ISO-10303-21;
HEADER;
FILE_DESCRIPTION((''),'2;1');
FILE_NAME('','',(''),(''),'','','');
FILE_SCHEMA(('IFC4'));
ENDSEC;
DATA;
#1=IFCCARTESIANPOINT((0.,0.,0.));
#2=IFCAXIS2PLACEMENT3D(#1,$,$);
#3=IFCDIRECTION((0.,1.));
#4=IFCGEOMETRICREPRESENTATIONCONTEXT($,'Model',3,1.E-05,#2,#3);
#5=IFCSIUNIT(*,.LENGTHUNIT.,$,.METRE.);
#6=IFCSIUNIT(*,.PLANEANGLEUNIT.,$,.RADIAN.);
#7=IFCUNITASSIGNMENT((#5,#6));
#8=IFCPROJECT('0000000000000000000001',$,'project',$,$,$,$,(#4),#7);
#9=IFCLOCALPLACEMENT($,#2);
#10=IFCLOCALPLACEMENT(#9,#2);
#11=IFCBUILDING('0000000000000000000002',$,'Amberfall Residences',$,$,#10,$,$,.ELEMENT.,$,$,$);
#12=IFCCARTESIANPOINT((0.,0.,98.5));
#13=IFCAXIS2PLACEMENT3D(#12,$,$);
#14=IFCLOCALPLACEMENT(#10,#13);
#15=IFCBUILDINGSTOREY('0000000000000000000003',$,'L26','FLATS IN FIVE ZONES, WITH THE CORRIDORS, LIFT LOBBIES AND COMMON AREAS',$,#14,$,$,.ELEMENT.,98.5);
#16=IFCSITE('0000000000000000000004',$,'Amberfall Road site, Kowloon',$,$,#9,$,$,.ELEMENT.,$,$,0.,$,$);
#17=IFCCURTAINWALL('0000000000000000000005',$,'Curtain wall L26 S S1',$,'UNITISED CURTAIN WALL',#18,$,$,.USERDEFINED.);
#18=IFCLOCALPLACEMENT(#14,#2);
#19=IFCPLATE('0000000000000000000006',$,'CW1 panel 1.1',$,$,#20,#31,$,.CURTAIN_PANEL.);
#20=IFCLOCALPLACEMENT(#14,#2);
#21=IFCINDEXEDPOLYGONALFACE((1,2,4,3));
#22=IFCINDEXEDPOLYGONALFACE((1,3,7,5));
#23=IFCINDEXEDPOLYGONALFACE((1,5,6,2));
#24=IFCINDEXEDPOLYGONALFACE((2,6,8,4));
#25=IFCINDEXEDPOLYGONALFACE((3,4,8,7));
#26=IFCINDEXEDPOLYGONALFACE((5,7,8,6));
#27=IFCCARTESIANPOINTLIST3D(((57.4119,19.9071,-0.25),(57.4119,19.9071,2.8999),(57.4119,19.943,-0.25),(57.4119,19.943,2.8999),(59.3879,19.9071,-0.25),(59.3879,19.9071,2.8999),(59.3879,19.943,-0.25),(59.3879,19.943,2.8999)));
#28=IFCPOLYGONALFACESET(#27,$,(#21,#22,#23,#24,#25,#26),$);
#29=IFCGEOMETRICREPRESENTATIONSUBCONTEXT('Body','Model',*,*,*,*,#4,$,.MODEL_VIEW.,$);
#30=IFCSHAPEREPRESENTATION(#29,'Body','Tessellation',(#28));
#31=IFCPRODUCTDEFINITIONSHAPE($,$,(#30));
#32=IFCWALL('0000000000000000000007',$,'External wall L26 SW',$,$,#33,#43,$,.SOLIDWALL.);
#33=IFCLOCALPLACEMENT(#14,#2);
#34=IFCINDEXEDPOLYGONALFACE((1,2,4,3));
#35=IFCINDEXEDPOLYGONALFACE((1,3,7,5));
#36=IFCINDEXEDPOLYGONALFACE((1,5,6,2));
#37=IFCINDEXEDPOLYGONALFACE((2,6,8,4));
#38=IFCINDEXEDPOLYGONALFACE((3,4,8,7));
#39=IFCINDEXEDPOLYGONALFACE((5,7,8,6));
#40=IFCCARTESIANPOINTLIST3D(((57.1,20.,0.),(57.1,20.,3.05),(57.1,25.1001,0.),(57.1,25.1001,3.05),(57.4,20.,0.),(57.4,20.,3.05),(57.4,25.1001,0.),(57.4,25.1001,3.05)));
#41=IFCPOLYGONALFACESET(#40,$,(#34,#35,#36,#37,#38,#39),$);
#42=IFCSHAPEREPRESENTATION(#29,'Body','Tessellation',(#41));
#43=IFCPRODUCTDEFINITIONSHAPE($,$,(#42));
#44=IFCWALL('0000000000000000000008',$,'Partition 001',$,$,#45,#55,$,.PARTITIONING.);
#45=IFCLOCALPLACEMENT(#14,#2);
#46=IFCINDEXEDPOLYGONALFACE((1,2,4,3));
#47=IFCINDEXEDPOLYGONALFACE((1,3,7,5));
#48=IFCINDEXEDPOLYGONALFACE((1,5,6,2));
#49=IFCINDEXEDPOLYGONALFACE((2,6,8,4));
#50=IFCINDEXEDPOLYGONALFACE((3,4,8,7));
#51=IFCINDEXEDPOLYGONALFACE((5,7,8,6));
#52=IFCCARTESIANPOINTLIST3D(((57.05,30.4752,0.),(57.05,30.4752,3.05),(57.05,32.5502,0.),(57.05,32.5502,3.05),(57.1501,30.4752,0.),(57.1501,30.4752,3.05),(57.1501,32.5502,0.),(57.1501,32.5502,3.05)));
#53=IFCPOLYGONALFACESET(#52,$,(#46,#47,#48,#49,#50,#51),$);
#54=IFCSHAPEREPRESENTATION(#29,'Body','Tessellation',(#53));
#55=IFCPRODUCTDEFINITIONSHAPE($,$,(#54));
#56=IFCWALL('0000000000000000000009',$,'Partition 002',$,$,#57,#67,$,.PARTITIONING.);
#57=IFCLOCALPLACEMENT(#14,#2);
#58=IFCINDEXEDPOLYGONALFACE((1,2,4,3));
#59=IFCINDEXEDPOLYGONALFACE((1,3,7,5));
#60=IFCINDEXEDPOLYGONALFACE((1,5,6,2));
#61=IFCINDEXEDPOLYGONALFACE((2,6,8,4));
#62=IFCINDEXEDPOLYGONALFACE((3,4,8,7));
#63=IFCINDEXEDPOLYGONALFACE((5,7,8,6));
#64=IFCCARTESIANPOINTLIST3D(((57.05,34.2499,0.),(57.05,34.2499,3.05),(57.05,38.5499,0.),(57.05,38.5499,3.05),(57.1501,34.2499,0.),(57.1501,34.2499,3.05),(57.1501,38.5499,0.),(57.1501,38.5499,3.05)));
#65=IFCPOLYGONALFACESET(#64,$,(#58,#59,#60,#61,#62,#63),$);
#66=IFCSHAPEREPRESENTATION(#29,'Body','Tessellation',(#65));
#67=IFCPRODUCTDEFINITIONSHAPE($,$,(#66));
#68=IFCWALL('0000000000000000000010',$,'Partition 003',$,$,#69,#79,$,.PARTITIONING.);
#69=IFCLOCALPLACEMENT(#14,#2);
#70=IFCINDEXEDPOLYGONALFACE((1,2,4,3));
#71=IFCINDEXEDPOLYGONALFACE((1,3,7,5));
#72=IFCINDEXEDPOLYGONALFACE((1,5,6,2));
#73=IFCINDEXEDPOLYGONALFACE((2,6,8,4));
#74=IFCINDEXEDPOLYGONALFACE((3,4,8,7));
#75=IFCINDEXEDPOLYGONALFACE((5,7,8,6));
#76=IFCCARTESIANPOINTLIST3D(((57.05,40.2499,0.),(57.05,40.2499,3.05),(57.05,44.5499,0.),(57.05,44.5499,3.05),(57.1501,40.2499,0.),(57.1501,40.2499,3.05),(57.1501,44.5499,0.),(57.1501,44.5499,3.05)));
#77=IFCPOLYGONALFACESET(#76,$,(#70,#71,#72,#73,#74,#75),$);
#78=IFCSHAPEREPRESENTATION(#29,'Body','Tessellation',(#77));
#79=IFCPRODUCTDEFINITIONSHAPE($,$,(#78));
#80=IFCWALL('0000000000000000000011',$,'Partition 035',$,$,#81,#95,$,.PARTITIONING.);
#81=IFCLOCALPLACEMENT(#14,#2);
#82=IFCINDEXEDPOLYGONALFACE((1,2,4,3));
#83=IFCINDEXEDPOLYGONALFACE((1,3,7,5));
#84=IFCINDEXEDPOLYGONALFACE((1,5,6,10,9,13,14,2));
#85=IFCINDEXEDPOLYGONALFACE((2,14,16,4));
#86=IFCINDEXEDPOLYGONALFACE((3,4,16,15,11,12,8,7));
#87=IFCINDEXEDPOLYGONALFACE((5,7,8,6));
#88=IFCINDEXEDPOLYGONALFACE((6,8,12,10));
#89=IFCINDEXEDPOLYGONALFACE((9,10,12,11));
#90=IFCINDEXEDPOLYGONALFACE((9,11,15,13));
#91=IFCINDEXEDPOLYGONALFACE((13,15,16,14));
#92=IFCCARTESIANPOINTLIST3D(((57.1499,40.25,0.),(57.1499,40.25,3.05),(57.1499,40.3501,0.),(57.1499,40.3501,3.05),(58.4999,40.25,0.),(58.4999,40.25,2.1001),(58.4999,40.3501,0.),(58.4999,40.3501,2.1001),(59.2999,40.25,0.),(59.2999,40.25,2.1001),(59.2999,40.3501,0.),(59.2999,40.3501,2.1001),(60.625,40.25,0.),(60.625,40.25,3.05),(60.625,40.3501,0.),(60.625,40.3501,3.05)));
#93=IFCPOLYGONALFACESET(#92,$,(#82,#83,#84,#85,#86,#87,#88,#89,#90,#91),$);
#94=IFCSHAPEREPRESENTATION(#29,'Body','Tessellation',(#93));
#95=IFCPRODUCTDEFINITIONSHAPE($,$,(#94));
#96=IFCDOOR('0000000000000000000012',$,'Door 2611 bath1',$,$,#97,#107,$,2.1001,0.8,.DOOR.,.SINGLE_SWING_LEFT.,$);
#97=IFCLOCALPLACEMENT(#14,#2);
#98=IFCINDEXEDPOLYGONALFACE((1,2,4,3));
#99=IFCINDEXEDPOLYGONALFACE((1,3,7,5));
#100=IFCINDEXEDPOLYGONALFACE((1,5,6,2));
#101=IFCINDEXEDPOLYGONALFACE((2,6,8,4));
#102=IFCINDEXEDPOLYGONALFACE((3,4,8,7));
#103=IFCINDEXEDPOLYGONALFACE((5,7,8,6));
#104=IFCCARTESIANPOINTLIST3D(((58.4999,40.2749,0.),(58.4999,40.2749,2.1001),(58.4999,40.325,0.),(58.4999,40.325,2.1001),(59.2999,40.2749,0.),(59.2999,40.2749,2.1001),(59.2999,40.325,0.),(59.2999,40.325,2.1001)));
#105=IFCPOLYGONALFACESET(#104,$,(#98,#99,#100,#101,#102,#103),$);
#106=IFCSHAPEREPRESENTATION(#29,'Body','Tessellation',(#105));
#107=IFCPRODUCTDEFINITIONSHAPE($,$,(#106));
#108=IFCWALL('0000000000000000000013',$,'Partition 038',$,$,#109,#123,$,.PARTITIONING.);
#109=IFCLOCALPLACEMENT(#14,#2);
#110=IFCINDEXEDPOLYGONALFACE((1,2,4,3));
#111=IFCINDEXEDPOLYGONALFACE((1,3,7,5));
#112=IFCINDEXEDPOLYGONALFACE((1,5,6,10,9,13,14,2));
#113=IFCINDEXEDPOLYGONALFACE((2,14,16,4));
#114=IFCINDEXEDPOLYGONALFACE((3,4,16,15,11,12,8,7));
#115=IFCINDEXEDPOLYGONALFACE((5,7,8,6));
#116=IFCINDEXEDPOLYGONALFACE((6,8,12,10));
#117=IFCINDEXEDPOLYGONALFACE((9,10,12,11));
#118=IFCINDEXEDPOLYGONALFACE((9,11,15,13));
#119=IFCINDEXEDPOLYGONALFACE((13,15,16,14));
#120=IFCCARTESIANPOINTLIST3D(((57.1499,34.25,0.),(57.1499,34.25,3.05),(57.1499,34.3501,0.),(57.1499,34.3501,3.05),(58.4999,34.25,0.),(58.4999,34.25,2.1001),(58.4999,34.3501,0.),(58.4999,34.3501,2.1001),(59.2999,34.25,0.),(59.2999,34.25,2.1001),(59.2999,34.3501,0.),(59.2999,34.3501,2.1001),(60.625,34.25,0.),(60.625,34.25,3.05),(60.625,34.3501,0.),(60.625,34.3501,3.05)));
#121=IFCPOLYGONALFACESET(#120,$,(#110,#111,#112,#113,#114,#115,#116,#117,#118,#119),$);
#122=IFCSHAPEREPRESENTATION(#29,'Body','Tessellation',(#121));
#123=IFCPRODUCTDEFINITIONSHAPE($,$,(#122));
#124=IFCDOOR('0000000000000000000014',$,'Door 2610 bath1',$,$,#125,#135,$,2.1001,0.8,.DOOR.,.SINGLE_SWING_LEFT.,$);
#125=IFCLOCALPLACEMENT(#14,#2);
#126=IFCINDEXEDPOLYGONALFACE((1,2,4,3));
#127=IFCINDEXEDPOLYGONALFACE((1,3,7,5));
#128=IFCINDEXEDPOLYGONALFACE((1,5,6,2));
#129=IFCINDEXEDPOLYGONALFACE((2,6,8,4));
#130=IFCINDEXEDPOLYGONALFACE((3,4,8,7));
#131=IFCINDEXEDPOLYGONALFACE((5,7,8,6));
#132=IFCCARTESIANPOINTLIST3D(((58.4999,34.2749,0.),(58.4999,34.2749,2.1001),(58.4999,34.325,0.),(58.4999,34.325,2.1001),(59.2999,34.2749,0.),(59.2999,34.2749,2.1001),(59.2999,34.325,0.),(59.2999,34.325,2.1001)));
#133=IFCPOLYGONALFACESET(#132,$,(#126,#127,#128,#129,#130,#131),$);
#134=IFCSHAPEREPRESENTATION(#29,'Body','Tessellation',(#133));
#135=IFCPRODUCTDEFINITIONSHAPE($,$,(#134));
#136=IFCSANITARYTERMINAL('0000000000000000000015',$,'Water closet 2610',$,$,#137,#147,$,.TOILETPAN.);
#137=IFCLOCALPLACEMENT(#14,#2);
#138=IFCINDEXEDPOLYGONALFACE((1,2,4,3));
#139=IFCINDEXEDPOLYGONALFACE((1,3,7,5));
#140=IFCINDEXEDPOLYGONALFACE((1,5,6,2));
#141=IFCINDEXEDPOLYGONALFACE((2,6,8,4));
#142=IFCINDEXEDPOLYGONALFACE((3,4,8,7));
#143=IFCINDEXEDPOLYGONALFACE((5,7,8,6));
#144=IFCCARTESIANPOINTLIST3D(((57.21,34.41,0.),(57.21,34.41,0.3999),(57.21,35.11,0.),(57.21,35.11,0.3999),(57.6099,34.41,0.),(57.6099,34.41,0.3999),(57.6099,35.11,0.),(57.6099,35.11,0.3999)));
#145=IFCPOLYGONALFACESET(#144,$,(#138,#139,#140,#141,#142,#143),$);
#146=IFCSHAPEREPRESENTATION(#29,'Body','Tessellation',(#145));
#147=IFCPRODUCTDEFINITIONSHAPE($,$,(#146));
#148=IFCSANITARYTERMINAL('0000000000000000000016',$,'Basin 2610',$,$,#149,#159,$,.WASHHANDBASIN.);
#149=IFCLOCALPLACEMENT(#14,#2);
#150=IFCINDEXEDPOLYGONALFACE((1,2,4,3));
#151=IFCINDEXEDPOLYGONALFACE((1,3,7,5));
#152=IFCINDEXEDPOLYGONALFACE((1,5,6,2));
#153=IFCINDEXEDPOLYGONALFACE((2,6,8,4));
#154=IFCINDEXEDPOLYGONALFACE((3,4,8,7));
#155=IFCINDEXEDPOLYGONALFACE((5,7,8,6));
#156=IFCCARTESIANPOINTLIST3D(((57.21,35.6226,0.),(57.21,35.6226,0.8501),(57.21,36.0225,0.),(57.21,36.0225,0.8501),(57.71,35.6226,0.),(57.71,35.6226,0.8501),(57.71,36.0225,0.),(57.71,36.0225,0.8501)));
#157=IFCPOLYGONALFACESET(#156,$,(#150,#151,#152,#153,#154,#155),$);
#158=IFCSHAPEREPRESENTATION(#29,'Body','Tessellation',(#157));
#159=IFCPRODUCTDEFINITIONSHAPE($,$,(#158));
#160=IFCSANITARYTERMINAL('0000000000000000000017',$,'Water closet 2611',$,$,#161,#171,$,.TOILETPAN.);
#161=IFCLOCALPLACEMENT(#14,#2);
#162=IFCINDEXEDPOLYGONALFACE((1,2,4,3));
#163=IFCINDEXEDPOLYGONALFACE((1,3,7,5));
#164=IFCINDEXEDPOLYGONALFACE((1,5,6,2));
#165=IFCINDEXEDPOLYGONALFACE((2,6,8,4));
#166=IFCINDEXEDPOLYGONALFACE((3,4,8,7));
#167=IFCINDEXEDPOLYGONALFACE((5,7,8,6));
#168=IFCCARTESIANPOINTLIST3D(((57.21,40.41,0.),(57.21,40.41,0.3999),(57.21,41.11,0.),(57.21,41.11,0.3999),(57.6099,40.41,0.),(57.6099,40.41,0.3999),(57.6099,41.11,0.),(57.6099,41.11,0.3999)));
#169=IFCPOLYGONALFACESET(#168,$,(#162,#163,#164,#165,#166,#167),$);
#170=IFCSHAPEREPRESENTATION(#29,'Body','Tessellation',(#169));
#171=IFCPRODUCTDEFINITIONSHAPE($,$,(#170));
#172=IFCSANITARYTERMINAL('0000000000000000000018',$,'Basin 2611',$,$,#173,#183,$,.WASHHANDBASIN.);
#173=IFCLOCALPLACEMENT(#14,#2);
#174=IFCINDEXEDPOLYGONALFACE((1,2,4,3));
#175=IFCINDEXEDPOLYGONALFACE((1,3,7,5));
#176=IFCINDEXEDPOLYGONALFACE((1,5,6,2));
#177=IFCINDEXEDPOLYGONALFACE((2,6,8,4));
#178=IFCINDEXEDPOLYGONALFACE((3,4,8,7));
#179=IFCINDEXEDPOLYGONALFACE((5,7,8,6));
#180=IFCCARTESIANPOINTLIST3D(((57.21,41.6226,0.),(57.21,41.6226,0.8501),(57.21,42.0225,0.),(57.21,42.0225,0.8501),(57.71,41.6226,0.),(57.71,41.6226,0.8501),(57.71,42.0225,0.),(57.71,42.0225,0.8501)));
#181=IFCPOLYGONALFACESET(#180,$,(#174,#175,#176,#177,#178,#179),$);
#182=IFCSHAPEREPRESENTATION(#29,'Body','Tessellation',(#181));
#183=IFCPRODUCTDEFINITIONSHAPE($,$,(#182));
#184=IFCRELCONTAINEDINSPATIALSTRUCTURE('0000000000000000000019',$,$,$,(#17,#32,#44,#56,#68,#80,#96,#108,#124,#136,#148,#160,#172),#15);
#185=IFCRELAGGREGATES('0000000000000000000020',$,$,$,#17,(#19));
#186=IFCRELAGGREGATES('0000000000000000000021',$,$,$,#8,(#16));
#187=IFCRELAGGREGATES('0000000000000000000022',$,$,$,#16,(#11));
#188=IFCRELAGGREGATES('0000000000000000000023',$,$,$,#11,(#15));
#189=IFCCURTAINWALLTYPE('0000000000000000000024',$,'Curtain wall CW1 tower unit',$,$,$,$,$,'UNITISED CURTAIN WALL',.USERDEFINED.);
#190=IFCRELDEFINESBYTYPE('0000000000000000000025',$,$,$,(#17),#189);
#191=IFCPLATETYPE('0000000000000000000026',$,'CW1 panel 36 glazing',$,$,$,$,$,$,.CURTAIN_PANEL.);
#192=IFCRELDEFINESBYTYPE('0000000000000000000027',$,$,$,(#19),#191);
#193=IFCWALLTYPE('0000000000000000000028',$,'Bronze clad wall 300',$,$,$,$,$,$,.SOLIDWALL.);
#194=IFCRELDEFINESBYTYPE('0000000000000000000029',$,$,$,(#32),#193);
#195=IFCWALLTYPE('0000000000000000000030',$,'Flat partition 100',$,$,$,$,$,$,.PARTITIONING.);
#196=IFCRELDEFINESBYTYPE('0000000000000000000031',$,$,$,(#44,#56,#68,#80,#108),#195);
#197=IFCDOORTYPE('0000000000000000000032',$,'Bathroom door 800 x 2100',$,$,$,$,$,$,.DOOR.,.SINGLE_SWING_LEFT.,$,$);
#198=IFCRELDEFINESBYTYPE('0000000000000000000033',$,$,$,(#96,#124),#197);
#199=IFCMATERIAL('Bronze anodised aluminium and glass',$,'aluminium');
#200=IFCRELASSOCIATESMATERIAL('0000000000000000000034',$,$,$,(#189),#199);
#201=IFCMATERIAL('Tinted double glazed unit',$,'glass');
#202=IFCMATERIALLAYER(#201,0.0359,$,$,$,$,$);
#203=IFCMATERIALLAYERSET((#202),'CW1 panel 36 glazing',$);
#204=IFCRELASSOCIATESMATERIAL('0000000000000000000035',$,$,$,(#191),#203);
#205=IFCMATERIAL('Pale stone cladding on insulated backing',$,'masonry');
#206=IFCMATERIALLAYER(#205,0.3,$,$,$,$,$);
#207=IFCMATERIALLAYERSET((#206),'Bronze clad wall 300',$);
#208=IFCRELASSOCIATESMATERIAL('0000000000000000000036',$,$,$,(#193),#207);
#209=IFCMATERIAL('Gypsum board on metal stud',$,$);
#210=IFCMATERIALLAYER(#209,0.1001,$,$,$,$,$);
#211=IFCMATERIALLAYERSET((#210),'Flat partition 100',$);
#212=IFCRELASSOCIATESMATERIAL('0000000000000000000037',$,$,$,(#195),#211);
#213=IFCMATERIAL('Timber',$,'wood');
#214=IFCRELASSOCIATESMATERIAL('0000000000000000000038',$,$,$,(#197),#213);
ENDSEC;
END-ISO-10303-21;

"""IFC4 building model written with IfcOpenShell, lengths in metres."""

from ifc_helpers import new_model, si_unit, direction, frame, frame_2d, origin, origin_2d, place, context, subcontext, project, spatial, rectangle, extrude, material, layer, layer_set, type_object, element, fill, aggregate, save


model = new_model("IFC4")

# Units and contexts
model_context = context("Model", 3, precision=1e-05, world=origin(), true_north=direction((0.0, 1.0)))
body_context = subcontext(model_context, "Body", "Model", "MODEL_VIEW")
ifc_project = project(units=[si_unit("LENGTHUNIT", "METRE"), si_unit("PLANEANGLEUNIT", "RADIAN")], contexts=[model_context])

# Site, building, storey
site_placement = place(None, origin())
site = spatial("IfcSite", under=ifc_project, at=site_placement, Name="Amberfall Road site, Kowloon", CompositionType="ELEMENT", RefElevation=0.0)
building_placement = place(site_placement, origin())
building = spatial("IfcBuilding", under=site, at=building_placement, Name="Amberfall Residences", CompositionType="ELEMENT")
storey_placement = place(building_placement, frame((0.0, 0.0, 98.5)))
storey = spatial("IfcBuildingStorey", under=building, at=storey_placement, Name="L26", Description="FLATS IN FIVE ZONES, WITH THE CORRIDORS, LIFT LOBBIES AND COMMON AREAS", CompositionType="ELEMENT", Elevation=98.5)

# Curtain wall
ifc_material_1 = material(Name="Bronze anodised aluminium and glass", Category="aluminium")
curtain_wall_type = type_object("IfcCurtainWallType", Name="Curtain wall CW1 tower unit", ElementType="UNITISED CURTAIN WALL", PredefinedType="USERDEFINED", material=ifc_material_1)
curtain_wall_placement = place(storey_placement, origin())
curtain_wall = element("IfcCurtainWall", 1, at=curtain_wall_placement, inside=storey, type_object=curtain_wall_type, Name="Curtain wall L26 S S1", ObjectType="UNITISED CURTAIN WALL", PredefinedType="USERDEFINED")

# Plate
ifc_material_2 = material(Name="Tinted double glazed unit", Category="glass")
ifc_layer_1 = layer(ifc_material_2, 0.0359)
ifc_layer_set_1 = layer_set([ifc_layer_1], Name="CW1 panel 36 glazing")
plate_type = type_object("IfcPlateType", Name="CW1 panel 36 glazing", PredefinedType="CURTAIN_PANEL", material=ifc_layer_set_1)
plate_placement = place(storey_placement, frame((58.3999, 19.925, -0.25), z_axis=(0.0, 0.0, 1.0), x_axis=(1.0, 0.0, 0.0)))
plate = element("IfcPlate", 2, at=plate_placement, type_object=plate_type, Name="CW1 panel 1.1", PredefinedType="CURTAIN_PANEL", context=body_context, shape_type="SweptSolid", body=[
    extrude(rectangle(XDim=1.9761, YDim=0.0359, at=origin_2d()), origin(), (0.0, 0.0, 1.0), 3.1499),
])
aggregate(curtain_wall, [plate])

# Walls
ifc_material_3 = material(Name="Pale stone cladding on insulated backing", Category="masonry")
ifc_layer_2 = layer(ifc_material_3, 0.3)
ifc_layer_set_2 = layer_set([ifc_layer_2], Name="Bronze clad wall 300")
wall_type_1 = type_object("IfcWallType", Name="Bronze clad wall 300", PredefinedType="SOLIDWALL", material=ifc_layer_set_2)
wall_1_placement = place(storey_placement, frame((57.25, 25.1001, 0.0), z_axis=(0.0, 0.0, 1.0), x_axis=(0.0, -1.0, 0.0)))
element("IfcWall", 3, at=wall_1_placement, inside=storey, type_object=wall_type_1, Name="External wall L26 SW", PredefinedType="SOLIDWALL", context=body_context, shape_type="SweptSolid", body=[
    extrude(rectangle(XDim=5.1001, YDim=0.3, at=frame_2d((2.55, 0.0))), origin(), (0.0, 0.0, 1.0), 3.05),
])
ifc_material_4 = material(Name="Gypsum board on metal stud")
ifc_layer_3 = layer(ifc_material_4, 0.1001)
ifc_layer_set_3 = layer_set([ifc_layer_3], Name="Flat partition 100")
wall_type_2 = type_object("IfcWallType", Name="Flat partition 100", PredefinedType="PARTITIONING", material=ifc_layer_set_3)
wall_2_placement = place(storey_placement, frame((57.1001, 30.4751, 0.0), z_axis=(0.0, 0.0, 1.0), x_axis=(0.0, 1.0, 0.0)))
element("IfcWall", 4, at=wall_2_placement, inside=storey, type_object=wall_type_2, Name="Partition 001", PredefinedType="PARTITIONING", context=body_context, shape_type="SweptSolid", body=[
    extrude(rectangle(XDim=2.075, YDim=0.1001, at=frame_2d((1.0376, 0.0))), origin(), (0.0, 0.0, 1.0), 3.05),
])
for number, where, z_axis, x_axis, name in (
    (5, (57.1001, 34.25, 0.0), (0.0, 0.0, 1.0), (0.0, 1.0, 0.0), "Partition 002"),
    (6, (57.1001, 40.25, 0.0), (0.0, 0.0, 1.0), (0.0, 1.0, 0.0), "Partition 003"),
):
    element("IfcWall", number, at=place(storey_placement, frame(where, z_axis=z_axis, x_axis=x_axis)), inside=storey, type_object=wall_type_2, Name=name, PredefinedType="PARTITIONING", context=body_context, shape_type="SweptSolid", body=[
        extrude(rectangle(XDim=4.3, YDim=0.1001, at=frame_2d((2.1499, 0.0))), origin(), (0.0, 0.0, 1.0), 3.05),
    ])

# Walls, openings, doors
wall_3_placement = place(storey_placement, frame((57.1499, 40.3, 0.0), z_axis=(0.0, 0.0, 1.0), x_axis=(1.0, 0.0, 0.0)))
wall_3 = element("IfcWall", 7, at=wall_3_placement, inside=storey, type_object=wall_type_2, Name="Partition 035", PredefinedType="PARTITIONING", context=body_context, shape_type="SweptSolid", body=[
    extrude(rectangle(XDim=3.4751, YDim=0.1001, at=frame_2d((1.7375, 0.0))), origin(), (0.0, 0.0, 1.0), 3.05),
])
opening_1_placement = place(wall_3_placement, frame((1.3501, 0.0, 0.0)))
opening_1 = element("IfcOpeningElement", 8, at=opening_1_placement, cuts=wall_3, PredefinedType="OPENING", context=body_context, shape_type="SweptSolid", body=[
    extrude(rectangle(XDim=0.8, YDim=2.1001, at=frame_2d((0.3999, 1.05))), frame((0.0, 0.0601, 0.0), z_axis=(0.0, -1.0, 0.0), x_axis=(1.0, 0.0, 0.0)), (0.0, 0.0, 1.0), 0.1201),
])
ifc_material_5 = material(Name="Timber", Category="wood")
door_type = type_object("IfcDoorType", Name="Bathroom door 800 x 2100", OperationType="SINGLE_SWING_LEFT", PredefinedType="DOOR", material=ifc_material_5)
door_1_placement = place(opening_1_placement, origin())
door_1 = element("IfcDoor", 9, at=door_1_placement, inside=storey, type_object=door_type, Name="Door 2611 bath1", OperationType="SINGLE_SWING_LEFT", OverallHeight=2.1001, OverallWidth=0.8, PredefinedType="DOOR", context=body_context, shape_type="SweptSolid", body=[
    extrude(rectangle(XDim=0.8, YDim=2.1001, at=frame_2d((0.3999, 1.05))), frame((0.0, 0.0249, 0.0), z_axis=(0.0, -1.0, 0.0), x_axis=(1.0, 0.0, 0.0)), (0.0, 0.0, 1.0), 0.05),
])
fill(opening_1, door_1)
wall_4_placement = place(storey_placement, frame((57.1499, 34.3, 0.0), z_axis=(0.0, 0.0, 1.0), x_axis=(1.0, 0.0, 0.0)))
wall_4 = element("IfcWall", 10, at=wall_4_placement, inside=storey, type_object=wall_type_2, Name="Partition 038", PredefinedType="PARTITIONING", context=body_context, shape_type="SweptSolid", body=[
    extrude(rectangle(XDim=3.4751, YDim=0.1001, at=frame_2d((1.7375, 0.0))), origin(), (0.0, 0.0, 1.0), 3.05),
])
opening_2_placement = place(wall_4_placement, frame((1.3501, 0.0, 0.0)))
opening_2 = element("IfcOpeningElement", 11, at=opening_2_placement, cuts=wall_4, PredefinedType="OPENING", context=body_context, shape_type="SweptSolid", body=[
    extrude(rectangle(XDim=0.8, YDim=2.1001, at=frame_2d((0.3999, 1.05))), frame((0.0, 0.0601, 0.0), z_axis=(0.0, -1.0, 0.0), x_axis=(1.0, 0.0, 0.0)), (0.0, 0.0, 1.0), 0.1201),
])
door_2_placement = place(opening_2_placement, origin())
door_2 = element("IfcDoor", 12, at=door_2_placement, inside=storey, type_object=door_type, Name="Door 2610 bath1", OperationType="SINGLE_SWING_LEFT", OverallHeight=2.1001, OverallWidth=0.8, PredefinedType="DOOR", context=body_context, shape_type="SweptSolid", body=[
    extrude(rectangle(XDim=0.8, YDim=2.1001, at=frame_2d((0.3999, 1.05))), frame((0.0, 0.0249, 0.0), z_axis=(0.0, -1.0, 0.0), x_axis=(1.0, 0.0, 0.0)), (0.0, 0.0, 1.0), 0.05),
])
fill(opening_2, door_2)

# Sanitary terminals
sanitary_terminal_1_placement = place(storey_placement, frame((57.4099, 34.76, 0.0), z_axis=(0.0, 0.0, 1.0), x_axis=(1.0, 0.0, 0.0)))
element("IfcSanitaryTerminal", 13, at=sanitary_terminal_1_placement, inside=storey, Name="Water closet 2610", PredefinedType="TOILETPAN", context=body_context, shape_type="SweptSolid", body=[
    extrude(rectangle(XDim=0.3999, YDim=0.7, at=origin_2d()), origin(), (0.0, 0.0, 1.0), 0.3999),
])
sanitary_terminal_2_placement = place(storey_placement, frame((57.46, 35.8225, 0.0), z_axis=(0.0, 0.0, 1.0), x_axis=(1.0, 0.0, 0.0)))
element("IfcSanitaryTerminal", 14, at=sanitary_terminal_2_placement, inside=storey, Name="Basin 2610", PredefinedType="WASHHANDBASIN", context=body_context, shape_type="SweptSolid", body=[
    extrude(rectangle(XDim=0.5, YDim=0.3999, at=origin_2d()), origin(), (0.0, 0.0, 1.0), 0.8501),
])
sanitary_terminal_3_placement = place(storey_placement, frame((57.4099, 40.76, 0.0), z_axis=(0.0, 0.0, 1.0), x_axis=(1.0, 0.0, 0.0)))
element("IfcSanitaryTerminal", 15, at=sanitary_terminal_3_placement, inside=storey, Name="Water closet 2611", PredefinedType="TOILETPAN", context=body_context, shape_type="SweptSolid", body=[
    extrude(rectangle(XDim=0.3999, YDim=0.7, at=origin_2d()), origin(), (0.0, 0.0, 1.0), 0.3999),
])
sanitary_terminal_4_placement = place(storey_placement, frame((57.46, 41.8225, 0.0), z_axis=(0.0, 0.0, 1.0), x_axis=(1.0, 0.0, 0.0)))
element("IfcSanitaryTerminal", 16, at=sanitary_terminal_4_placement, inside=storey, Name="Basin 2611", PredefinedType="WASHHANDBASIN", context=body_context, shape_type="SweptSolid", body=[
    extrude(rectangle(XDim=0.5, YDim=0.3999, at=origin_2d()), origin(), (0.0, 0.0, 1.0), 0.8501),
])

save(model, "model.ifc")
